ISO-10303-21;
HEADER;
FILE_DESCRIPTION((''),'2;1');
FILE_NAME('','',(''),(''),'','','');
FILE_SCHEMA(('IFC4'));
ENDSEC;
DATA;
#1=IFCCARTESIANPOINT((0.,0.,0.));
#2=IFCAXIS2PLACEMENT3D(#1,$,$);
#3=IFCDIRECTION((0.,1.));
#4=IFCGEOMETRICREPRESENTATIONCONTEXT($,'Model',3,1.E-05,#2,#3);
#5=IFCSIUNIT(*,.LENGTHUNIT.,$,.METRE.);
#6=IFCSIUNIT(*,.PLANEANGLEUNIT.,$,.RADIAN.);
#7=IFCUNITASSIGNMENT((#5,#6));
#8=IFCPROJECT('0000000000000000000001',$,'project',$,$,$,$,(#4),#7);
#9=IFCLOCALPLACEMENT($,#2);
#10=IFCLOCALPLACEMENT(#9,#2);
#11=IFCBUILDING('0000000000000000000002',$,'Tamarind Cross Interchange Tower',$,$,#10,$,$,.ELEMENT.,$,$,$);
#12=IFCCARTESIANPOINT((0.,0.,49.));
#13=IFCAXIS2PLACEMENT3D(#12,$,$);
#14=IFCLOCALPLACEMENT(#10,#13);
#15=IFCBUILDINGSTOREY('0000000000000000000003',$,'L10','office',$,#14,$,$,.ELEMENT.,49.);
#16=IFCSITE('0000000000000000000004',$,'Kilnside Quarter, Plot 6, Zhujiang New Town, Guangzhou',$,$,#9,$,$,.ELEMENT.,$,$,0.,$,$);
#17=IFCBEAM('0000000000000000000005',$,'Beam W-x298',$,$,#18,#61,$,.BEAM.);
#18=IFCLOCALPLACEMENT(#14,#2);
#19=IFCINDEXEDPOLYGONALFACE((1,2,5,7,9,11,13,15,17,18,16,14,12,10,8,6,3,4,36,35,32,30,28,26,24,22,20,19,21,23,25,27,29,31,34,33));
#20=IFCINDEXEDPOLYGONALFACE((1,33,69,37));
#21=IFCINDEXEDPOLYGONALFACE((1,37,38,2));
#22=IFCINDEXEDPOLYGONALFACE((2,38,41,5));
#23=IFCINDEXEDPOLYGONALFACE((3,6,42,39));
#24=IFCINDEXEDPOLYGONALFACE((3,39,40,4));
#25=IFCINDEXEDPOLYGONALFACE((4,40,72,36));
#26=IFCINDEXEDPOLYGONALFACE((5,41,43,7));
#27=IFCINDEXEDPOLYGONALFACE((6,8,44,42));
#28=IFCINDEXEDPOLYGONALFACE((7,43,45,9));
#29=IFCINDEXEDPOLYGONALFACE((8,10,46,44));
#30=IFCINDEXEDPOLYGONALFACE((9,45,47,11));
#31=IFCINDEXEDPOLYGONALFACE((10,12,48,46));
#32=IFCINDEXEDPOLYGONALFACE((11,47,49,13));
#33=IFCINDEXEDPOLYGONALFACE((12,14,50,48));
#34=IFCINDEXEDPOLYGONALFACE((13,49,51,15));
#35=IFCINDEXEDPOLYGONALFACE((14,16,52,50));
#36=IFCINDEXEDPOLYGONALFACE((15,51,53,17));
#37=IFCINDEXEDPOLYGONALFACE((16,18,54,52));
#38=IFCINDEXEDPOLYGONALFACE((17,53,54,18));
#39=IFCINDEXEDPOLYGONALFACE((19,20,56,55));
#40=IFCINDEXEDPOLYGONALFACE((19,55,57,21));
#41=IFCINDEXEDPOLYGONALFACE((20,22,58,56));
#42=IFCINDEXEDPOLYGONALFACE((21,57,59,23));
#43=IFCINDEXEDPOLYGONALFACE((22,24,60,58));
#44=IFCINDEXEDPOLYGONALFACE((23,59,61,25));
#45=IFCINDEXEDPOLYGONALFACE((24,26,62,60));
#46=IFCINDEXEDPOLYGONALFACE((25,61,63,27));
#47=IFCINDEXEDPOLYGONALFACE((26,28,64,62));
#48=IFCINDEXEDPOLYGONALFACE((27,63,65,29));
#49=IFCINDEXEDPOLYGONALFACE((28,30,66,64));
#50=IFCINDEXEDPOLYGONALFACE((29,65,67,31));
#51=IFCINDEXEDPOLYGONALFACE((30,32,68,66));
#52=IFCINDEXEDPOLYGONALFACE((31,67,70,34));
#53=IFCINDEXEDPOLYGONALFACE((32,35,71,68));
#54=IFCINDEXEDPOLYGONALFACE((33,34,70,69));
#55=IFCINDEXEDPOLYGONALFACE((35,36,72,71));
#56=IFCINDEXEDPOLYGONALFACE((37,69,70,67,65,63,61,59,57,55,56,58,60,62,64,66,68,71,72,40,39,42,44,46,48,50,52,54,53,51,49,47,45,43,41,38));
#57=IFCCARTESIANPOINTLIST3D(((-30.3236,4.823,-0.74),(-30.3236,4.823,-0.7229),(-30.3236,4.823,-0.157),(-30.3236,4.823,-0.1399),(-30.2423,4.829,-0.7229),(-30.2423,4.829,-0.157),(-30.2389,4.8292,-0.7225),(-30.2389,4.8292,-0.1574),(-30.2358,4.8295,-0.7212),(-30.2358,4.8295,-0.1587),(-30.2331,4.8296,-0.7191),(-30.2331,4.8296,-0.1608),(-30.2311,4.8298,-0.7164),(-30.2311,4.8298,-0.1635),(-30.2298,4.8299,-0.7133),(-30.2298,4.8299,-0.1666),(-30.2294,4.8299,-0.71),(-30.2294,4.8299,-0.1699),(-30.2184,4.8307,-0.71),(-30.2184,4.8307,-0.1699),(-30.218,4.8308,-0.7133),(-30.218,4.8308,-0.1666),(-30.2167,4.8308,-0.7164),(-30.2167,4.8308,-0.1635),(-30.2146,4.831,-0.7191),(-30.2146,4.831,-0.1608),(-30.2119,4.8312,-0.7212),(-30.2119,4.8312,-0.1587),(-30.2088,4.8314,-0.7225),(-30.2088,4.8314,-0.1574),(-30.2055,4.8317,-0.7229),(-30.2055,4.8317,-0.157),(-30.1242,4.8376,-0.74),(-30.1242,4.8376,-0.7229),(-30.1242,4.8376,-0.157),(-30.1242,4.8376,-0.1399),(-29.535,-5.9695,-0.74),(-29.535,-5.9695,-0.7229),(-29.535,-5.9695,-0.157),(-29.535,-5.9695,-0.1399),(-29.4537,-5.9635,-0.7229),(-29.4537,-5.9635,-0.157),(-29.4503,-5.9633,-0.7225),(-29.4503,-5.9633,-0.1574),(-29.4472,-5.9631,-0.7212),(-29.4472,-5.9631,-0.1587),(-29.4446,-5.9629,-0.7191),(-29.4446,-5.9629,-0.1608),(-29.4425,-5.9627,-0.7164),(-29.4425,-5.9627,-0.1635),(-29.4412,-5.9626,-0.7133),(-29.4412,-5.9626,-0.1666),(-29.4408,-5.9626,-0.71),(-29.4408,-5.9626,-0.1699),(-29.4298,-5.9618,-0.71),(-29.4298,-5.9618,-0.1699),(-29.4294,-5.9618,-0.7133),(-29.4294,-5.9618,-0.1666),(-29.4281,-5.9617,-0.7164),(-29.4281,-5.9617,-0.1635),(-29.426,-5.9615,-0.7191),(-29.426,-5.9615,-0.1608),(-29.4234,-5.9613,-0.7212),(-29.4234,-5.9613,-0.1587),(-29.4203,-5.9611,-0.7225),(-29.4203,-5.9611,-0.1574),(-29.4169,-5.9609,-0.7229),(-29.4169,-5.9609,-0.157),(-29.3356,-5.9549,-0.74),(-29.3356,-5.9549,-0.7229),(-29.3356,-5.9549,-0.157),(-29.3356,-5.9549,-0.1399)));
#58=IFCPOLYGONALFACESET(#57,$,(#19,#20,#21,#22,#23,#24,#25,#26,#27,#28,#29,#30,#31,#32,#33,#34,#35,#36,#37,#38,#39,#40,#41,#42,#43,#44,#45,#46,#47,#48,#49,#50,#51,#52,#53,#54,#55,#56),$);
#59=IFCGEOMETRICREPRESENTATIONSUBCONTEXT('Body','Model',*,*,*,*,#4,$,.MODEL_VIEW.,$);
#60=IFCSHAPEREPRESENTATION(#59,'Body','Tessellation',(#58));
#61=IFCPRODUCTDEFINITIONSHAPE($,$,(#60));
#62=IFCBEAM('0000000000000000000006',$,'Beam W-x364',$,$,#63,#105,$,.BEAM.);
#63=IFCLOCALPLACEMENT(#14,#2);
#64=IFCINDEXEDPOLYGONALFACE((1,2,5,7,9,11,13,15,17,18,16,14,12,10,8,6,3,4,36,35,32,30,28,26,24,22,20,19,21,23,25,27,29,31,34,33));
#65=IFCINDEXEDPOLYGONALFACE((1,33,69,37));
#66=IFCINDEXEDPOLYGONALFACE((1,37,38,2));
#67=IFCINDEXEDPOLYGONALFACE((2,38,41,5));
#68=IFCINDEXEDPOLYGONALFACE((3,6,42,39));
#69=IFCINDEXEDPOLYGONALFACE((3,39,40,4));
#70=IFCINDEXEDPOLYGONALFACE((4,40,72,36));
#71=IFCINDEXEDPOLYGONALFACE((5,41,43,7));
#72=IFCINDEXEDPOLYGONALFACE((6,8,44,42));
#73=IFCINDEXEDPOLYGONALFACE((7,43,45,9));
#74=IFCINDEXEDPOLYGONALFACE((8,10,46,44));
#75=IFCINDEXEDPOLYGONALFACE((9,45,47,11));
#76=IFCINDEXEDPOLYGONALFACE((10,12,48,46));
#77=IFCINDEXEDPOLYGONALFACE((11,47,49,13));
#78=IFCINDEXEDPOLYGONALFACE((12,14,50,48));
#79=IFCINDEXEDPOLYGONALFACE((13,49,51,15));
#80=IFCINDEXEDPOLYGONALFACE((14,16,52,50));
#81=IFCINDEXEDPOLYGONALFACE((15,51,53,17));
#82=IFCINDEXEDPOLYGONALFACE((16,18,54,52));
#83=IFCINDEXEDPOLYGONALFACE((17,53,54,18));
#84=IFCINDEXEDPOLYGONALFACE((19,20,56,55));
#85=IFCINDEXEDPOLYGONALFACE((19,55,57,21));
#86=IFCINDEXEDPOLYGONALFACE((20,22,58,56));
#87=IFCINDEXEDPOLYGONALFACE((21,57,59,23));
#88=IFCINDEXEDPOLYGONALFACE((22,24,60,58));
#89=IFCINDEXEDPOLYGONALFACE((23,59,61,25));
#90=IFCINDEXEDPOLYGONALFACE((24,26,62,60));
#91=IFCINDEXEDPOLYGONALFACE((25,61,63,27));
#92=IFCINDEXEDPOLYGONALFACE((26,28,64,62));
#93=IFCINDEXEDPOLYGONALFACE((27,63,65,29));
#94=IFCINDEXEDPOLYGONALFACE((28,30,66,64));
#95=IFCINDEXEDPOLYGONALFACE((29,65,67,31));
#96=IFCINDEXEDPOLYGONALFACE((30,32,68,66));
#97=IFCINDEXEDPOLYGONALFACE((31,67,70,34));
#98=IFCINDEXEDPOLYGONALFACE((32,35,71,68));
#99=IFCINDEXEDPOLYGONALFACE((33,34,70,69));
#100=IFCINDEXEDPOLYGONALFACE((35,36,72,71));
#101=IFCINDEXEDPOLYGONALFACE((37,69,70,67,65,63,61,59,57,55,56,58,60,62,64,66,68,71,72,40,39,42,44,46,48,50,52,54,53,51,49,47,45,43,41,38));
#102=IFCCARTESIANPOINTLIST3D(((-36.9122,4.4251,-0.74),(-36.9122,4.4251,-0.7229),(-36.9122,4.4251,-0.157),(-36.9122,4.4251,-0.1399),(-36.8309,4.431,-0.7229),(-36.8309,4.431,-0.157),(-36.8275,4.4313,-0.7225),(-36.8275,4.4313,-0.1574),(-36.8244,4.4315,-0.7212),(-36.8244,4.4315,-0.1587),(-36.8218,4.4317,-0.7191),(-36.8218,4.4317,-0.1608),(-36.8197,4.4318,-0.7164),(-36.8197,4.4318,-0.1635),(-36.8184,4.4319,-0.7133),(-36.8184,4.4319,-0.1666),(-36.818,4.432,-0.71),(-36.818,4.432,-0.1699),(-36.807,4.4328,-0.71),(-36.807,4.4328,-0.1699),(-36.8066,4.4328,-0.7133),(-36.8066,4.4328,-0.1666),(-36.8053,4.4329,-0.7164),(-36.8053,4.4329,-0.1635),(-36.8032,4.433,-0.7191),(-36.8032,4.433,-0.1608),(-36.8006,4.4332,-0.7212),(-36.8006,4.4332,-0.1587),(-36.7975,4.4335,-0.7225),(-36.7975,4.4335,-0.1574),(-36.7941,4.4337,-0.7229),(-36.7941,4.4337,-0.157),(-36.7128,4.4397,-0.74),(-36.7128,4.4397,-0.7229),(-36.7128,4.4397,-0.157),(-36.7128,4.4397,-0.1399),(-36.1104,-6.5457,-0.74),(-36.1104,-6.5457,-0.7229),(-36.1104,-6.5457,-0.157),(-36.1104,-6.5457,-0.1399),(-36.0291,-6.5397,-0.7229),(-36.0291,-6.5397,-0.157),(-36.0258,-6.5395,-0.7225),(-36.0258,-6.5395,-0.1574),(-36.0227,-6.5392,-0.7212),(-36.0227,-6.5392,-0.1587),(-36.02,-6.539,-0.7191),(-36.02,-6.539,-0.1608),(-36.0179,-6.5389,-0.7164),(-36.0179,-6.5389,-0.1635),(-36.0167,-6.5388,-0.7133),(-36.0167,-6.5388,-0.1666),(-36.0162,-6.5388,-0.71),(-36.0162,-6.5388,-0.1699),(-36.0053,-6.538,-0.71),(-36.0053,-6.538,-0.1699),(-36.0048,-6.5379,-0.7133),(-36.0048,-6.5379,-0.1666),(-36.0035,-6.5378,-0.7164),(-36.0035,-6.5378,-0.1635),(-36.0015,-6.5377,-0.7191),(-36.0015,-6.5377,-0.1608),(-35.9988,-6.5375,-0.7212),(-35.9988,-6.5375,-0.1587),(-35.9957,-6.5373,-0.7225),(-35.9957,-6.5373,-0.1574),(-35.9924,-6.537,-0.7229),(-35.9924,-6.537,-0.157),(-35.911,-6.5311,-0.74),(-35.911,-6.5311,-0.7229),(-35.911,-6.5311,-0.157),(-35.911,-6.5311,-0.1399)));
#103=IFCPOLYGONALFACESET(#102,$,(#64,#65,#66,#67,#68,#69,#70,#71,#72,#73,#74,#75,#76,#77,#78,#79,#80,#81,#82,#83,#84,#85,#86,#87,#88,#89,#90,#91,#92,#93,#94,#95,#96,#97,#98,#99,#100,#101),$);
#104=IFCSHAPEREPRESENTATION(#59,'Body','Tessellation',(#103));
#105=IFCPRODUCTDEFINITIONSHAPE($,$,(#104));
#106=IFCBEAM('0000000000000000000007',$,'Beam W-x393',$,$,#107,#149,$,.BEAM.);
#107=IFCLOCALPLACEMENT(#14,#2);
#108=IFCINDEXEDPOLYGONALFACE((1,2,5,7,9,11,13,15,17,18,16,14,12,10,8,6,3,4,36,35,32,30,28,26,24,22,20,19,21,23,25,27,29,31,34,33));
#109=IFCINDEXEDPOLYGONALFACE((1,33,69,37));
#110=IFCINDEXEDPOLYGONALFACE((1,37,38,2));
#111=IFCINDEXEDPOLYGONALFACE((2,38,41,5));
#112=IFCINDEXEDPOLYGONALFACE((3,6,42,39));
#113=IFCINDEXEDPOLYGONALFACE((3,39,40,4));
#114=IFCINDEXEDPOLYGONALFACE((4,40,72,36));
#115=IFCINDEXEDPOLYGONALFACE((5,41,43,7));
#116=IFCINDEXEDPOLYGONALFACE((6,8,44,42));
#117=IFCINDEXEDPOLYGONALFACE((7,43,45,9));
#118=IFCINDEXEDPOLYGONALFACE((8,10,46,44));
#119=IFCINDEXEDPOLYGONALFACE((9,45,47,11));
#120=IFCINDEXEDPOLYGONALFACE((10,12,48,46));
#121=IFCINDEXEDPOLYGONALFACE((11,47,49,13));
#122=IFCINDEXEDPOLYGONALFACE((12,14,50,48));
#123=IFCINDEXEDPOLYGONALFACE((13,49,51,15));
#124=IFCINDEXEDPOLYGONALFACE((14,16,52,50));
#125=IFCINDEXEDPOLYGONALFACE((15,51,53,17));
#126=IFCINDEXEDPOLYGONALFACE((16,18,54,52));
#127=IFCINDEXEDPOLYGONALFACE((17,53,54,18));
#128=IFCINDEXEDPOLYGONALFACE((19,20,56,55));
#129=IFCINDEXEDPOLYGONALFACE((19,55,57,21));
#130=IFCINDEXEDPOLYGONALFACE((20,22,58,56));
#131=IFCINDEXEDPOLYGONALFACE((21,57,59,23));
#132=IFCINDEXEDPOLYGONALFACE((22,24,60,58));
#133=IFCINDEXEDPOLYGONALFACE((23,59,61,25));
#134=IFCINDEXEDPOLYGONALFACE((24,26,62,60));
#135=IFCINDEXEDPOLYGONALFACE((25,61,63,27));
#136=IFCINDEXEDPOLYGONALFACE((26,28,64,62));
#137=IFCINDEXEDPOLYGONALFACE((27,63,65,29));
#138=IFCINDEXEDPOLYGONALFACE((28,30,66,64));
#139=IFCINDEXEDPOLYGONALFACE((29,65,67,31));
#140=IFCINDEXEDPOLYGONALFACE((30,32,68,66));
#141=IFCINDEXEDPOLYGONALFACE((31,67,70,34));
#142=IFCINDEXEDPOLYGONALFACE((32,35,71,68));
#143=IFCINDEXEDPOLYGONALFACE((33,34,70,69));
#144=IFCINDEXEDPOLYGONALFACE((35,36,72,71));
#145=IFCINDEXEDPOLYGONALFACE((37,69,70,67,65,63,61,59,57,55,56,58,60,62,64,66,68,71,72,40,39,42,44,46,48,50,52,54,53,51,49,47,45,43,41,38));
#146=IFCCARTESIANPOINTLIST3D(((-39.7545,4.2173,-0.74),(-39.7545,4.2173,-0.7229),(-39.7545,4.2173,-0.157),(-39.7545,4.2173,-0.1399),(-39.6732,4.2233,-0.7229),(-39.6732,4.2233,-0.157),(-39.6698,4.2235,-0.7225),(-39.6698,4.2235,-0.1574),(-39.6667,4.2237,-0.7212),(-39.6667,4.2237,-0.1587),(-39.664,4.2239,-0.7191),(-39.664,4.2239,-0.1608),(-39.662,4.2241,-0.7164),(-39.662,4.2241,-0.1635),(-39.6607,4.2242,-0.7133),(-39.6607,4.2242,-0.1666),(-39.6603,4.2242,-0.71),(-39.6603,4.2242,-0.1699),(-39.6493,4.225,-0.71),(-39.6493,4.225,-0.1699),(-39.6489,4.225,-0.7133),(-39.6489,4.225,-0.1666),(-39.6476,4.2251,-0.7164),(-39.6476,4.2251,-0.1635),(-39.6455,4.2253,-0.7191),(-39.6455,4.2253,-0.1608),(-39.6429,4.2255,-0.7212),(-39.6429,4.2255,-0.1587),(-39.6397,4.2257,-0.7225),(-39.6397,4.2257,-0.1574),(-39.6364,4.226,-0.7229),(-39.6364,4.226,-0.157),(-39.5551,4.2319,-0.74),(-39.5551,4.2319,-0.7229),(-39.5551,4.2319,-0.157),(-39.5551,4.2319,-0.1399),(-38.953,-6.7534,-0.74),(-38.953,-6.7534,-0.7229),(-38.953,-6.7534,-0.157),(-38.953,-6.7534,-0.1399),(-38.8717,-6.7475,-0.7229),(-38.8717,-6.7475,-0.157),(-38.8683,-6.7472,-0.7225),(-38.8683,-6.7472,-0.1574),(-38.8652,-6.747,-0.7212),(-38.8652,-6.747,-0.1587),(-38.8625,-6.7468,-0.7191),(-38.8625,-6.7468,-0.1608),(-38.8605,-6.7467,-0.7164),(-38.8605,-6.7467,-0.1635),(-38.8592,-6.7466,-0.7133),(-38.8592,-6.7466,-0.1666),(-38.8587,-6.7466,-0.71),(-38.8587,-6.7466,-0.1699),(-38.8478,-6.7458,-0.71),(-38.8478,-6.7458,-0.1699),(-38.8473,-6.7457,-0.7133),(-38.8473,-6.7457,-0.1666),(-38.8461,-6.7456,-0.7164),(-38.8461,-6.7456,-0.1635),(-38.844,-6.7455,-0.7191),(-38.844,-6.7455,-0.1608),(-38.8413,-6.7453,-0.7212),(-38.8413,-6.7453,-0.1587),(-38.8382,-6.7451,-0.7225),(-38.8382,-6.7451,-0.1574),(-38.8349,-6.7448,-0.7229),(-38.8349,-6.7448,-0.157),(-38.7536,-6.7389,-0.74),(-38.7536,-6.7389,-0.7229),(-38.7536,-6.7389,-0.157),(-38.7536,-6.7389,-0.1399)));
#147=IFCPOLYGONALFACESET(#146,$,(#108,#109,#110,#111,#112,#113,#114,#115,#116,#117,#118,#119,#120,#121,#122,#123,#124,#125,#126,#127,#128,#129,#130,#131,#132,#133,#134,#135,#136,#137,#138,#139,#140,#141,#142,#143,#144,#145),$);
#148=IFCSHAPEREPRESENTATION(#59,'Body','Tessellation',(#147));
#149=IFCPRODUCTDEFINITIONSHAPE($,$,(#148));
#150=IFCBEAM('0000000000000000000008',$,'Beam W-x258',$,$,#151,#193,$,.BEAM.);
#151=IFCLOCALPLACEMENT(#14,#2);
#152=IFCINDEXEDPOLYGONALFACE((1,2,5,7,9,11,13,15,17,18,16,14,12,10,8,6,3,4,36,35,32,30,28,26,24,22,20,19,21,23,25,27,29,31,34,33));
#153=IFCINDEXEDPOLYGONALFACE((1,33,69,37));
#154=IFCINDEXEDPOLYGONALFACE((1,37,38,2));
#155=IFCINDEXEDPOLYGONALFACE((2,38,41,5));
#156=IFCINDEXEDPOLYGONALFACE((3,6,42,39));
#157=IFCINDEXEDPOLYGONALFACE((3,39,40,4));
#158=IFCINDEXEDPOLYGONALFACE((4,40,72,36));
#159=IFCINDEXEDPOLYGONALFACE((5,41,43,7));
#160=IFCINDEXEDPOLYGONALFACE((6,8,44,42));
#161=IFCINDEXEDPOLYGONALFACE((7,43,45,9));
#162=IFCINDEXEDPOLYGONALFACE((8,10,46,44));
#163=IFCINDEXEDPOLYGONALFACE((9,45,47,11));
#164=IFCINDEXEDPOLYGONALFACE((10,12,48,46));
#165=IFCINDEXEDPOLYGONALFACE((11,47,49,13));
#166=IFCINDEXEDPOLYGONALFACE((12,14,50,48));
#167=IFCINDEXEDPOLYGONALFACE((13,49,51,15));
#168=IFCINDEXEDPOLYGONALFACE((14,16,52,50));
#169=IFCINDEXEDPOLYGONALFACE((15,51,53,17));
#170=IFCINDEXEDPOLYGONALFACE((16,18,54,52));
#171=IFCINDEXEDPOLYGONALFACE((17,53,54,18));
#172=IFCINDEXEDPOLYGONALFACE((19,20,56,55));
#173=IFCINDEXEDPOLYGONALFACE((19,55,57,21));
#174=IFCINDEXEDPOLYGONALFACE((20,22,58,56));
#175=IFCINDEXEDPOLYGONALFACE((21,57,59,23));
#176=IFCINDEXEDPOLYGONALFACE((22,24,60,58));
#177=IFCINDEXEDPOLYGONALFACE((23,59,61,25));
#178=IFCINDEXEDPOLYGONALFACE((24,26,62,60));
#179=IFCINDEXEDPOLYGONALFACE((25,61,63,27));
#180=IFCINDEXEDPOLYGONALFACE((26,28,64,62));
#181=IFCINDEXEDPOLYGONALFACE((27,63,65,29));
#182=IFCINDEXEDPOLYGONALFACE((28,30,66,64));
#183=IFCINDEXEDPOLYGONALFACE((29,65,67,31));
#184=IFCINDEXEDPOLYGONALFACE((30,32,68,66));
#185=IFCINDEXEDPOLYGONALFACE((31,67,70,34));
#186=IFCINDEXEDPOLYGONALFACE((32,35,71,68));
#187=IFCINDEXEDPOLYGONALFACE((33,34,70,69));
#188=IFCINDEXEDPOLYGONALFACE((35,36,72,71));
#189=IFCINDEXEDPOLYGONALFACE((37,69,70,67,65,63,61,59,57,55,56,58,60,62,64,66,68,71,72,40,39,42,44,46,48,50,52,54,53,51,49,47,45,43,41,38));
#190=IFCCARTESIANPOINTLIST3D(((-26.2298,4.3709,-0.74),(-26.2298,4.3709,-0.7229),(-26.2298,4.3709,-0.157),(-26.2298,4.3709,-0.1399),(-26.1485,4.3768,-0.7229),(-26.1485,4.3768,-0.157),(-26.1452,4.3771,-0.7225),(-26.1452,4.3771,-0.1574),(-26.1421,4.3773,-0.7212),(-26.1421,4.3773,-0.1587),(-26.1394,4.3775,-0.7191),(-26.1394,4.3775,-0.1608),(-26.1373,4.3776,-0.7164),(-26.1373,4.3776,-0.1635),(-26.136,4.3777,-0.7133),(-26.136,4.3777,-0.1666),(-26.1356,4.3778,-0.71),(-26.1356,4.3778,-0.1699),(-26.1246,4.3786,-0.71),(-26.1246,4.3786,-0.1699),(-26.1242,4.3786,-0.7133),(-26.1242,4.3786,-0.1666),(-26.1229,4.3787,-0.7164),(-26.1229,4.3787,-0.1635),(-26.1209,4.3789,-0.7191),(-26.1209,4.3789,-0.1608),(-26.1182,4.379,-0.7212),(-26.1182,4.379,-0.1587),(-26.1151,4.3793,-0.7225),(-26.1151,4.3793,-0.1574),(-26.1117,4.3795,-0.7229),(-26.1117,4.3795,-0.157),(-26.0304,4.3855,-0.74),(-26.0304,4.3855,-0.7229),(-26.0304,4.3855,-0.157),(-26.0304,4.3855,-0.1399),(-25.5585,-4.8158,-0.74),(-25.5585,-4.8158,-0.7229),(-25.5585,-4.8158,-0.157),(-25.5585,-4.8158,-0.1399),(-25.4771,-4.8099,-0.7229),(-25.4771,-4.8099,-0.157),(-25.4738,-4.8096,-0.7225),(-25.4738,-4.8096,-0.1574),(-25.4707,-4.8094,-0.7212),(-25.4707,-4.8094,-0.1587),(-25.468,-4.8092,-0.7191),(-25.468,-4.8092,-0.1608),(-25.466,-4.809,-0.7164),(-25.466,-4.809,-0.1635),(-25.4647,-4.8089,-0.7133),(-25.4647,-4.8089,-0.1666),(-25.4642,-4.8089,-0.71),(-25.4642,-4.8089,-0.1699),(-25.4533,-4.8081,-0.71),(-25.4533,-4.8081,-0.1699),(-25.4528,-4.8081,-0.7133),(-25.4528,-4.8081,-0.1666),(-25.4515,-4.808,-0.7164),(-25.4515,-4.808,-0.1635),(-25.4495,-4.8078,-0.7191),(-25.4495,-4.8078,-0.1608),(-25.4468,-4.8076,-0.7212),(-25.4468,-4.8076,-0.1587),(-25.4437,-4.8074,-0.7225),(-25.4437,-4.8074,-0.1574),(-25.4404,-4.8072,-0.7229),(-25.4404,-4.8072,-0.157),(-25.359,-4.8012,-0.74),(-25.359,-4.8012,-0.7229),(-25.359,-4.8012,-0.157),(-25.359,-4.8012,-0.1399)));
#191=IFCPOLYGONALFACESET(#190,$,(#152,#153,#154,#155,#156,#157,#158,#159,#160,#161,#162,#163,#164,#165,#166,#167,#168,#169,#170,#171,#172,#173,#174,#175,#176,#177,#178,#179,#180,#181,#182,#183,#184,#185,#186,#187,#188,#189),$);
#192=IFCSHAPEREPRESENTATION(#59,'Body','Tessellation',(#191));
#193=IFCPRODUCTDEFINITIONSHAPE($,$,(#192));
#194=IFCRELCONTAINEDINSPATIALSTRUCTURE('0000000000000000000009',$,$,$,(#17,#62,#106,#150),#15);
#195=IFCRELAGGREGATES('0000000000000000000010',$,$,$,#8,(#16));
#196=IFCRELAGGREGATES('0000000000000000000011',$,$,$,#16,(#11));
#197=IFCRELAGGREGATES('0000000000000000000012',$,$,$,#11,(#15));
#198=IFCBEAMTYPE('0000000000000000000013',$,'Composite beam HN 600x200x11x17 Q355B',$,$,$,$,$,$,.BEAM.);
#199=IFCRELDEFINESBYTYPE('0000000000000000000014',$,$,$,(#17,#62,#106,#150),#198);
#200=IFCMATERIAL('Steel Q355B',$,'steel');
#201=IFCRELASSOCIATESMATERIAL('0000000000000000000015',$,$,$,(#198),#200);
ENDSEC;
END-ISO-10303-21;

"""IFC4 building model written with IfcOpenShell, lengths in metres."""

from ifc_helpers import new_model, si_unit, direction, frame, origin, origin_2d, place, context, subcontext, project, spatial, i_section, extrude, material, material_profile, profile_set, type_object, element, save


model = new_model("IFC4")

# Units and contexts
model_context = context("Model", 3, precision=1e-05, world=origin(), true_north=direction((0.0, 1.0)))
body_context = subcontext(model_context, "Body", "Model", "MODEL_VIEW")
ifc_project = project(units=[si_unit("LENGTHUNIT", "METRE"), si_unit("PLANEANGLEUNIT", "RADIAN")], contexts=[model_context])

# Site, building, storey
site_placement = place(None, origin())
site = spatial("IfcSite", under=ifc_project, at=site_placement, Name="Kilnside Quarter, Plot 6, Zhujiang New Town, Guangzhou", CompositionType="ELEMENT", RefElevation=0.0)
building_placement = place(site_placement, origin())
building = spatial("IfcBuilding", under=site, at=building_placement, Name="Tamarind Cross Interchange Tower", CompositionType="ELEMENT")
storey_placement = place(building_placement, frame((0.0, 0.0, 49.0)))
storey = spatial("IfcBuildingStorey", under=building, at=storey_placement, Name="L10", Description="office", CompositionType="ELEMENT", Elevation=49.0)

# Beams
ifc_material_1 = material(Name="Steel Q355B", Category="steel")
ifc_material_profile_1 = material_profile(ifc_material_1, i_section(OverallWidth=0.2, OverallDepth=0.6001, WebThickness=0.011, FlangeThickness=0.0171, FilletRadius=0.0129, at=origin_2d()), Name="HN 600x200x11x17")
ifc_profile_set_1 = profile_set([ifc_material_profile_1], Name="Steel Q355B")
beam_type_1 = type_object("IfcBeamType", Name="Composite beam HN 600x200x11x17 Q355B", PredefinedType="BEAM", material=ifc_profile_set_1)
beam_1_placement = place(storey_placement, frame((-30.2239, 4.8303, -0.4399), z_axis=(0.072873, -0.997341, 0.0), x_axis=(0.997341, 0.072873, 0.0)))
element("IfcBeam", 1, at=beam_1_placement, inside=storey, type_object=beam_type_1, Name="Beam W-x298", PredefinedType="BEAM", context=body_context, shape_type="SweptSolid", body=[
    extrude(i_section(OverallWidth=0.2, OverallDepth=0.6001, WebThickness=0.011, FlangeThickness=0.0171, FilletRadius=0.0129, at=origin_2d()), origin(), (0.0, 0.0, 1.0), 10.8213),
])
for number, where, z_axis, x_axis, name in (
    (2, (-36.8125, 4.4324, -0.4399), (0.072887, -0.99734, 0.0), (0.99734, 0.072887, 0.0), "Beam W-x364"),
    (3, (-39.6548, 4.2246, -0.4399), (0.072865, -0.997342, 0.0), (0.997342, 0.072865, 0.0), "Beam W-x393"),
):
    element("IfcBeam", number, at=place(storey_placement, frame(where, z_axis=z_axis, x_axis=x_axis)), inside=storey, type_object=beam_type_1, Name=name, PredefinedType="BEAM", context=body_context, shape_type="SweptSolid", body=[
        extrude(i_section(OverallWidth=0.2, OverallDepth=0.6001, WebThickness=0.011, FlangeThickness=0.0171, FilletRadius=0.0129, at=origin_2d()), origin(), (0.0, 0.0, 1.0), 11.0),
    ])
beam_2_placement = place(storey_placement, frame((-26.1301, 4.3782, -0.4399), z_axis=(0.072888, -0.99734, 0.0), x_axis=(0.99734, 0.072888, 0.0)))
element("IfcBeam", 4, at=beam_2_placement, inside=storey, type_object=beam_type_1, Name="Beam W-x258", PredefinedType="BEAM", context=body_context, shape_type="SweptSolid", body=[
    extrude(i_section(OverallWidth=0.2, OverallDepth=0.6001, WebThickness=0.011, FlangeThickness=0.0171, FilletRadius=0.0129, at=origin_2d()), origin(), (0.0, 0.0, 1.0), 9.2112),
])

save(model, "model.ifc")
